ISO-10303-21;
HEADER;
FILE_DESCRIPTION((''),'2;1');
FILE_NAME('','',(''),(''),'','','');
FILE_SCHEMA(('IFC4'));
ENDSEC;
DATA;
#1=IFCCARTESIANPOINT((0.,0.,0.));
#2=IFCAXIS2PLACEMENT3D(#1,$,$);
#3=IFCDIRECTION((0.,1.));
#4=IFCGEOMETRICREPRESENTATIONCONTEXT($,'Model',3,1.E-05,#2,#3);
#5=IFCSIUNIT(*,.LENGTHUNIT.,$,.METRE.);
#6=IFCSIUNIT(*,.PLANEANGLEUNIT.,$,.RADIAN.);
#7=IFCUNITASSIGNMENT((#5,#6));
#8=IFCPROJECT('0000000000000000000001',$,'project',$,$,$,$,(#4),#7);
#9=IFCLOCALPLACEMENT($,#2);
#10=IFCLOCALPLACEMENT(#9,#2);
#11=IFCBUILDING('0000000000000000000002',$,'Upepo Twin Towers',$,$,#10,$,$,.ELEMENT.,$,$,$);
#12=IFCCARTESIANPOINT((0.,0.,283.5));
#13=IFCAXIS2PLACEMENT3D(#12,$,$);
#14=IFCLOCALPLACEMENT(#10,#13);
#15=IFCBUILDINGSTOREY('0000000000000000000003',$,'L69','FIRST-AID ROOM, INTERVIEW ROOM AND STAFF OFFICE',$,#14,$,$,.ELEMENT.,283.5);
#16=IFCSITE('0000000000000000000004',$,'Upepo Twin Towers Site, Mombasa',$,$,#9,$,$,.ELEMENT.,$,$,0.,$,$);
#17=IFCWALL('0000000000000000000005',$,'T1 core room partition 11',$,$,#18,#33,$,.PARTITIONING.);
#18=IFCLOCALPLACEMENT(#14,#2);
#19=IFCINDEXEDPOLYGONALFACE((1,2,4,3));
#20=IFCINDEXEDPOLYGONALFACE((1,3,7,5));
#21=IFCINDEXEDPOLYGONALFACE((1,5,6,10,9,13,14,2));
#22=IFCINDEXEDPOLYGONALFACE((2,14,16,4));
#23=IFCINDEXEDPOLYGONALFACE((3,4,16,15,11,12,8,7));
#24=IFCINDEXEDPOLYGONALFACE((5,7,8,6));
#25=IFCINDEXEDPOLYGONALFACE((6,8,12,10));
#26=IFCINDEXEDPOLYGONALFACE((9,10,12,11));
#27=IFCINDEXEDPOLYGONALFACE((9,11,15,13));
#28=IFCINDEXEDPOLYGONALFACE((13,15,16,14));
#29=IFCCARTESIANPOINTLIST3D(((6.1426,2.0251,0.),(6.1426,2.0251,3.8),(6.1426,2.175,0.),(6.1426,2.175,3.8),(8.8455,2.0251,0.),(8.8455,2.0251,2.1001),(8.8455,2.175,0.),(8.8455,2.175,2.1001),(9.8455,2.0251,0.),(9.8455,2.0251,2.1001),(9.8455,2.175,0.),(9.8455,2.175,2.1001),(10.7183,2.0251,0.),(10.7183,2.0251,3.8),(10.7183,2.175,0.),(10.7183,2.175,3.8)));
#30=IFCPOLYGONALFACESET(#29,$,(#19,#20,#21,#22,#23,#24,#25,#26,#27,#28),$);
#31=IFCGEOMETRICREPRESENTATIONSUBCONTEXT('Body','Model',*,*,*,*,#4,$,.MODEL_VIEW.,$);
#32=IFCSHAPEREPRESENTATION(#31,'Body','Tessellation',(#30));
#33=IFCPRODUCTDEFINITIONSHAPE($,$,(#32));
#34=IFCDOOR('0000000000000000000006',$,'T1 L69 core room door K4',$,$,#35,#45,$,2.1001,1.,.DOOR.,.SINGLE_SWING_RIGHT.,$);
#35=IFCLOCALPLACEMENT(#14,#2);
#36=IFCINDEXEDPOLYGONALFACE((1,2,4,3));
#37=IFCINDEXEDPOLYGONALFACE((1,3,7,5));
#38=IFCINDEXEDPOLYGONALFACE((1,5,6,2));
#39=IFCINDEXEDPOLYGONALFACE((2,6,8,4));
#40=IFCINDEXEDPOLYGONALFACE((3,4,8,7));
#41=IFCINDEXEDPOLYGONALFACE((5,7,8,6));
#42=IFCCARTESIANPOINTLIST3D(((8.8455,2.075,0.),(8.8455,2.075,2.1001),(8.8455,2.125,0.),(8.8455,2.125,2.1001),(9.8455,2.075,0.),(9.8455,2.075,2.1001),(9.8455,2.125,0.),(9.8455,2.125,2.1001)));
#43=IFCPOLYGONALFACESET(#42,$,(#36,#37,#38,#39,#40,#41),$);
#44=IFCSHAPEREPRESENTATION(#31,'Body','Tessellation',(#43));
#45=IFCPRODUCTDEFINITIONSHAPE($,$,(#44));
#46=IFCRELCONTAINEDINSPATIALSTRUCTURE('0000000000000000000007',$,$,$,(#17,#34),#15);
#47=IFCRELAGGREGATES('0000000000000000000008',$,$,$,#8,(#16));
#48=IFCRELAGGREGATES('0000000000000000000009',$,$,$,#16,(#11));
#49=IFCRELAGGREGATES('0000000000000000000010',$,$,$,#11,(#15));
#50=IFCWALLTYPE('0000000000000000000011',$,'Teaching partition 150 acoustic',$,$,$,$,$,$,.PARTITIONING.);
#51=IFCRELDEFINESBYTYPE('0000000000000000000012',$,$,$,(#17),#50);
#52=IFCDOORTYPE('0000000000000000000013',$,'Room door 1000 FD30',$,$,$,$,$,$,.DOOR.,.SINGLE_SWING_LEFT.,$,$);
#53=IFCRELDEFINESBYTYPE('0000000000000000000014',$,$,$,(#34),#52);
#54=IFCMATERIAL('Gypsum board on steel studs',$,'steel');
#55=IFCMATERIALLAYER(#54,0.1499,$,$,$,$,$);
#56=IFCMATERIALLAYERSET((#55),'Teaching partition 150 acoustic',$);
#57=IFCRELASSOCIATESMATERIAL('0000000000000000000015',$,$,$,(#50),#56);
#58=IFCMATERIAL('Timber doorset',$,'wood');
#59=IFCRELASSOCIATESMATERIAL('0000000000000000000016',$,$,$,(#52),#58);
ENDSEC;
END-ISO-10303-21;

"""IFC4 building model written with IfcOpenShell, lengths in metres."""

from ifc_helpers import new_model, si_unit, direction, frame, frame_2d, origin, place, context, subcontext, project, spatial, rectangle, extrude, material, layer, layer_set, type_object, element, fill, save


model = new_model("IFC4")

# Units and contexts
model_context = context("Model", 3, precision=1e-05, world=origin(), true_north=direction((0.0, 1.0)))
body_context = subcontext(model_context, "Body", "Model", "MODEL_VIEW")
ifc_project = project(units=[si_unit("LENGTHUNIT", "METRE"), si_unit("PLANEANGLEUNIT", "RADIAN")], contexts=[model_context])

# Site, building, storey
site_placement = place(None, origin())
site = spatial("IfcSite", under=ifc_project, at=site_placement, Name="Upepo Twin Towers Site, Mombasa", CompositionType="ELEMENT", RefElevation=0.0)
building_placement = place(site_placement, origin())
building = spatial("IfcBuilding", under=site, at=building_placement, Name="Upepo Twin Towers", CompositionType="ELEMENT")
storey_placement = place(building_placement, frame((0.0, 0.0, 283.5)))
storey = spatial("IfcBuildingStorey", under=building, at=storey_placement, Name="L69", Description="FIRST-AID ROOM, INTERVIEW ROOM AND STAFF OFFICE", CompositionType="ELEMENT", Elevation=283.5)

# Shared definitions
ifc_material_1 = material(Name="Gypsum board on steel studs", Category="steel")
ifc_layer_1 = layer(ifc_material_1, 0.1499)
ifc_layer_set_1 = layer_set([ifc_layer_1], Name="Teaching partition 150 acoustic")
wall_type_1 = type_object("IfcWallType", Name="Teaching partition 150 acoustic", PredefinedType="PARTITIONING", material=ifc_layer_set_1)

# Wall, opening, door
wall_1_placement = place(storey_placement, frame((6.1426, 2.1001, 0.0), z_axis=(0.0, 0.0, 1.0), x_axis=(1.0, 0.0, 0.0)))
wall_1 = element("IfcWall", 1, at=wall_1_placement, inside=storey, type_object=wall_type_1, Name="T1 core room partition 11", PredefinedType="PARTITIONING", context=body_context, shape_type="SweptSolid", body=[
    extrude(rectangle(XDim=4.5757, YDim=0.1499, at=frame_2d((2.2878, 0.0))), origin(), (0.0, 0.0, 1.0), 3.8),
])
opening_1_placement = place(wall_1_placement, frame((2.7029, 0.0, 0.0)))
opening_1 = element("IfcOpeningElement", 2, at=opening_1_placement, cuts=wall_1, PredefinedType="OPENING", context=body_context, shape_type="SweptSolid", body=[
    extrude(rectangle(XDim=1.0, YDim=2.1001, at=frame_2d((0.5, 1.05))), frame((0.0, 0.085, 0.0), z_axis=(0.0, -1.0, 0.0), x_axis=(1.0, 0.0, 0.0)), (0.0, 0.0, 1.0), 0.1699),
])
ifc_material_2 = material(Name="Timber doorset", Category="wood")
door_type_1 = type_object("IfcDoorType", Name="Room door 1000 FD30", OperationType="SINGLE_SWING_LEFT", PredefinedType="DOOR", material=ifc_material_2)
door_1_placement = place(opening_1_placement, origin())
door_1 = element("IfcDoor", 3, at=door_1_placement, inside=storey, type_object=door_type_1, Name="T1 L69 core room door K4", OperationType="SINGLE_SWING_RIGHT", OverallHeight=2.1001, OverallWidth=1.0, PredefinedType="DOOR", context=body_context, shape_type="SweptSolid", body=[
    extrude(rectangle(XDim=1.0, YDim=2.1001, at=frame_2d((0.5, 1.05))), frame((0.0, 0.0249, 0.0), z_axis=(0.0, -1.0, 0.0), x_axis=(1.0, 0.0, 0.0)), (0.0, 0.0, 1.0), 0.05),
])
fill(opening_1, door_1)

save(model, "model.ifc")
